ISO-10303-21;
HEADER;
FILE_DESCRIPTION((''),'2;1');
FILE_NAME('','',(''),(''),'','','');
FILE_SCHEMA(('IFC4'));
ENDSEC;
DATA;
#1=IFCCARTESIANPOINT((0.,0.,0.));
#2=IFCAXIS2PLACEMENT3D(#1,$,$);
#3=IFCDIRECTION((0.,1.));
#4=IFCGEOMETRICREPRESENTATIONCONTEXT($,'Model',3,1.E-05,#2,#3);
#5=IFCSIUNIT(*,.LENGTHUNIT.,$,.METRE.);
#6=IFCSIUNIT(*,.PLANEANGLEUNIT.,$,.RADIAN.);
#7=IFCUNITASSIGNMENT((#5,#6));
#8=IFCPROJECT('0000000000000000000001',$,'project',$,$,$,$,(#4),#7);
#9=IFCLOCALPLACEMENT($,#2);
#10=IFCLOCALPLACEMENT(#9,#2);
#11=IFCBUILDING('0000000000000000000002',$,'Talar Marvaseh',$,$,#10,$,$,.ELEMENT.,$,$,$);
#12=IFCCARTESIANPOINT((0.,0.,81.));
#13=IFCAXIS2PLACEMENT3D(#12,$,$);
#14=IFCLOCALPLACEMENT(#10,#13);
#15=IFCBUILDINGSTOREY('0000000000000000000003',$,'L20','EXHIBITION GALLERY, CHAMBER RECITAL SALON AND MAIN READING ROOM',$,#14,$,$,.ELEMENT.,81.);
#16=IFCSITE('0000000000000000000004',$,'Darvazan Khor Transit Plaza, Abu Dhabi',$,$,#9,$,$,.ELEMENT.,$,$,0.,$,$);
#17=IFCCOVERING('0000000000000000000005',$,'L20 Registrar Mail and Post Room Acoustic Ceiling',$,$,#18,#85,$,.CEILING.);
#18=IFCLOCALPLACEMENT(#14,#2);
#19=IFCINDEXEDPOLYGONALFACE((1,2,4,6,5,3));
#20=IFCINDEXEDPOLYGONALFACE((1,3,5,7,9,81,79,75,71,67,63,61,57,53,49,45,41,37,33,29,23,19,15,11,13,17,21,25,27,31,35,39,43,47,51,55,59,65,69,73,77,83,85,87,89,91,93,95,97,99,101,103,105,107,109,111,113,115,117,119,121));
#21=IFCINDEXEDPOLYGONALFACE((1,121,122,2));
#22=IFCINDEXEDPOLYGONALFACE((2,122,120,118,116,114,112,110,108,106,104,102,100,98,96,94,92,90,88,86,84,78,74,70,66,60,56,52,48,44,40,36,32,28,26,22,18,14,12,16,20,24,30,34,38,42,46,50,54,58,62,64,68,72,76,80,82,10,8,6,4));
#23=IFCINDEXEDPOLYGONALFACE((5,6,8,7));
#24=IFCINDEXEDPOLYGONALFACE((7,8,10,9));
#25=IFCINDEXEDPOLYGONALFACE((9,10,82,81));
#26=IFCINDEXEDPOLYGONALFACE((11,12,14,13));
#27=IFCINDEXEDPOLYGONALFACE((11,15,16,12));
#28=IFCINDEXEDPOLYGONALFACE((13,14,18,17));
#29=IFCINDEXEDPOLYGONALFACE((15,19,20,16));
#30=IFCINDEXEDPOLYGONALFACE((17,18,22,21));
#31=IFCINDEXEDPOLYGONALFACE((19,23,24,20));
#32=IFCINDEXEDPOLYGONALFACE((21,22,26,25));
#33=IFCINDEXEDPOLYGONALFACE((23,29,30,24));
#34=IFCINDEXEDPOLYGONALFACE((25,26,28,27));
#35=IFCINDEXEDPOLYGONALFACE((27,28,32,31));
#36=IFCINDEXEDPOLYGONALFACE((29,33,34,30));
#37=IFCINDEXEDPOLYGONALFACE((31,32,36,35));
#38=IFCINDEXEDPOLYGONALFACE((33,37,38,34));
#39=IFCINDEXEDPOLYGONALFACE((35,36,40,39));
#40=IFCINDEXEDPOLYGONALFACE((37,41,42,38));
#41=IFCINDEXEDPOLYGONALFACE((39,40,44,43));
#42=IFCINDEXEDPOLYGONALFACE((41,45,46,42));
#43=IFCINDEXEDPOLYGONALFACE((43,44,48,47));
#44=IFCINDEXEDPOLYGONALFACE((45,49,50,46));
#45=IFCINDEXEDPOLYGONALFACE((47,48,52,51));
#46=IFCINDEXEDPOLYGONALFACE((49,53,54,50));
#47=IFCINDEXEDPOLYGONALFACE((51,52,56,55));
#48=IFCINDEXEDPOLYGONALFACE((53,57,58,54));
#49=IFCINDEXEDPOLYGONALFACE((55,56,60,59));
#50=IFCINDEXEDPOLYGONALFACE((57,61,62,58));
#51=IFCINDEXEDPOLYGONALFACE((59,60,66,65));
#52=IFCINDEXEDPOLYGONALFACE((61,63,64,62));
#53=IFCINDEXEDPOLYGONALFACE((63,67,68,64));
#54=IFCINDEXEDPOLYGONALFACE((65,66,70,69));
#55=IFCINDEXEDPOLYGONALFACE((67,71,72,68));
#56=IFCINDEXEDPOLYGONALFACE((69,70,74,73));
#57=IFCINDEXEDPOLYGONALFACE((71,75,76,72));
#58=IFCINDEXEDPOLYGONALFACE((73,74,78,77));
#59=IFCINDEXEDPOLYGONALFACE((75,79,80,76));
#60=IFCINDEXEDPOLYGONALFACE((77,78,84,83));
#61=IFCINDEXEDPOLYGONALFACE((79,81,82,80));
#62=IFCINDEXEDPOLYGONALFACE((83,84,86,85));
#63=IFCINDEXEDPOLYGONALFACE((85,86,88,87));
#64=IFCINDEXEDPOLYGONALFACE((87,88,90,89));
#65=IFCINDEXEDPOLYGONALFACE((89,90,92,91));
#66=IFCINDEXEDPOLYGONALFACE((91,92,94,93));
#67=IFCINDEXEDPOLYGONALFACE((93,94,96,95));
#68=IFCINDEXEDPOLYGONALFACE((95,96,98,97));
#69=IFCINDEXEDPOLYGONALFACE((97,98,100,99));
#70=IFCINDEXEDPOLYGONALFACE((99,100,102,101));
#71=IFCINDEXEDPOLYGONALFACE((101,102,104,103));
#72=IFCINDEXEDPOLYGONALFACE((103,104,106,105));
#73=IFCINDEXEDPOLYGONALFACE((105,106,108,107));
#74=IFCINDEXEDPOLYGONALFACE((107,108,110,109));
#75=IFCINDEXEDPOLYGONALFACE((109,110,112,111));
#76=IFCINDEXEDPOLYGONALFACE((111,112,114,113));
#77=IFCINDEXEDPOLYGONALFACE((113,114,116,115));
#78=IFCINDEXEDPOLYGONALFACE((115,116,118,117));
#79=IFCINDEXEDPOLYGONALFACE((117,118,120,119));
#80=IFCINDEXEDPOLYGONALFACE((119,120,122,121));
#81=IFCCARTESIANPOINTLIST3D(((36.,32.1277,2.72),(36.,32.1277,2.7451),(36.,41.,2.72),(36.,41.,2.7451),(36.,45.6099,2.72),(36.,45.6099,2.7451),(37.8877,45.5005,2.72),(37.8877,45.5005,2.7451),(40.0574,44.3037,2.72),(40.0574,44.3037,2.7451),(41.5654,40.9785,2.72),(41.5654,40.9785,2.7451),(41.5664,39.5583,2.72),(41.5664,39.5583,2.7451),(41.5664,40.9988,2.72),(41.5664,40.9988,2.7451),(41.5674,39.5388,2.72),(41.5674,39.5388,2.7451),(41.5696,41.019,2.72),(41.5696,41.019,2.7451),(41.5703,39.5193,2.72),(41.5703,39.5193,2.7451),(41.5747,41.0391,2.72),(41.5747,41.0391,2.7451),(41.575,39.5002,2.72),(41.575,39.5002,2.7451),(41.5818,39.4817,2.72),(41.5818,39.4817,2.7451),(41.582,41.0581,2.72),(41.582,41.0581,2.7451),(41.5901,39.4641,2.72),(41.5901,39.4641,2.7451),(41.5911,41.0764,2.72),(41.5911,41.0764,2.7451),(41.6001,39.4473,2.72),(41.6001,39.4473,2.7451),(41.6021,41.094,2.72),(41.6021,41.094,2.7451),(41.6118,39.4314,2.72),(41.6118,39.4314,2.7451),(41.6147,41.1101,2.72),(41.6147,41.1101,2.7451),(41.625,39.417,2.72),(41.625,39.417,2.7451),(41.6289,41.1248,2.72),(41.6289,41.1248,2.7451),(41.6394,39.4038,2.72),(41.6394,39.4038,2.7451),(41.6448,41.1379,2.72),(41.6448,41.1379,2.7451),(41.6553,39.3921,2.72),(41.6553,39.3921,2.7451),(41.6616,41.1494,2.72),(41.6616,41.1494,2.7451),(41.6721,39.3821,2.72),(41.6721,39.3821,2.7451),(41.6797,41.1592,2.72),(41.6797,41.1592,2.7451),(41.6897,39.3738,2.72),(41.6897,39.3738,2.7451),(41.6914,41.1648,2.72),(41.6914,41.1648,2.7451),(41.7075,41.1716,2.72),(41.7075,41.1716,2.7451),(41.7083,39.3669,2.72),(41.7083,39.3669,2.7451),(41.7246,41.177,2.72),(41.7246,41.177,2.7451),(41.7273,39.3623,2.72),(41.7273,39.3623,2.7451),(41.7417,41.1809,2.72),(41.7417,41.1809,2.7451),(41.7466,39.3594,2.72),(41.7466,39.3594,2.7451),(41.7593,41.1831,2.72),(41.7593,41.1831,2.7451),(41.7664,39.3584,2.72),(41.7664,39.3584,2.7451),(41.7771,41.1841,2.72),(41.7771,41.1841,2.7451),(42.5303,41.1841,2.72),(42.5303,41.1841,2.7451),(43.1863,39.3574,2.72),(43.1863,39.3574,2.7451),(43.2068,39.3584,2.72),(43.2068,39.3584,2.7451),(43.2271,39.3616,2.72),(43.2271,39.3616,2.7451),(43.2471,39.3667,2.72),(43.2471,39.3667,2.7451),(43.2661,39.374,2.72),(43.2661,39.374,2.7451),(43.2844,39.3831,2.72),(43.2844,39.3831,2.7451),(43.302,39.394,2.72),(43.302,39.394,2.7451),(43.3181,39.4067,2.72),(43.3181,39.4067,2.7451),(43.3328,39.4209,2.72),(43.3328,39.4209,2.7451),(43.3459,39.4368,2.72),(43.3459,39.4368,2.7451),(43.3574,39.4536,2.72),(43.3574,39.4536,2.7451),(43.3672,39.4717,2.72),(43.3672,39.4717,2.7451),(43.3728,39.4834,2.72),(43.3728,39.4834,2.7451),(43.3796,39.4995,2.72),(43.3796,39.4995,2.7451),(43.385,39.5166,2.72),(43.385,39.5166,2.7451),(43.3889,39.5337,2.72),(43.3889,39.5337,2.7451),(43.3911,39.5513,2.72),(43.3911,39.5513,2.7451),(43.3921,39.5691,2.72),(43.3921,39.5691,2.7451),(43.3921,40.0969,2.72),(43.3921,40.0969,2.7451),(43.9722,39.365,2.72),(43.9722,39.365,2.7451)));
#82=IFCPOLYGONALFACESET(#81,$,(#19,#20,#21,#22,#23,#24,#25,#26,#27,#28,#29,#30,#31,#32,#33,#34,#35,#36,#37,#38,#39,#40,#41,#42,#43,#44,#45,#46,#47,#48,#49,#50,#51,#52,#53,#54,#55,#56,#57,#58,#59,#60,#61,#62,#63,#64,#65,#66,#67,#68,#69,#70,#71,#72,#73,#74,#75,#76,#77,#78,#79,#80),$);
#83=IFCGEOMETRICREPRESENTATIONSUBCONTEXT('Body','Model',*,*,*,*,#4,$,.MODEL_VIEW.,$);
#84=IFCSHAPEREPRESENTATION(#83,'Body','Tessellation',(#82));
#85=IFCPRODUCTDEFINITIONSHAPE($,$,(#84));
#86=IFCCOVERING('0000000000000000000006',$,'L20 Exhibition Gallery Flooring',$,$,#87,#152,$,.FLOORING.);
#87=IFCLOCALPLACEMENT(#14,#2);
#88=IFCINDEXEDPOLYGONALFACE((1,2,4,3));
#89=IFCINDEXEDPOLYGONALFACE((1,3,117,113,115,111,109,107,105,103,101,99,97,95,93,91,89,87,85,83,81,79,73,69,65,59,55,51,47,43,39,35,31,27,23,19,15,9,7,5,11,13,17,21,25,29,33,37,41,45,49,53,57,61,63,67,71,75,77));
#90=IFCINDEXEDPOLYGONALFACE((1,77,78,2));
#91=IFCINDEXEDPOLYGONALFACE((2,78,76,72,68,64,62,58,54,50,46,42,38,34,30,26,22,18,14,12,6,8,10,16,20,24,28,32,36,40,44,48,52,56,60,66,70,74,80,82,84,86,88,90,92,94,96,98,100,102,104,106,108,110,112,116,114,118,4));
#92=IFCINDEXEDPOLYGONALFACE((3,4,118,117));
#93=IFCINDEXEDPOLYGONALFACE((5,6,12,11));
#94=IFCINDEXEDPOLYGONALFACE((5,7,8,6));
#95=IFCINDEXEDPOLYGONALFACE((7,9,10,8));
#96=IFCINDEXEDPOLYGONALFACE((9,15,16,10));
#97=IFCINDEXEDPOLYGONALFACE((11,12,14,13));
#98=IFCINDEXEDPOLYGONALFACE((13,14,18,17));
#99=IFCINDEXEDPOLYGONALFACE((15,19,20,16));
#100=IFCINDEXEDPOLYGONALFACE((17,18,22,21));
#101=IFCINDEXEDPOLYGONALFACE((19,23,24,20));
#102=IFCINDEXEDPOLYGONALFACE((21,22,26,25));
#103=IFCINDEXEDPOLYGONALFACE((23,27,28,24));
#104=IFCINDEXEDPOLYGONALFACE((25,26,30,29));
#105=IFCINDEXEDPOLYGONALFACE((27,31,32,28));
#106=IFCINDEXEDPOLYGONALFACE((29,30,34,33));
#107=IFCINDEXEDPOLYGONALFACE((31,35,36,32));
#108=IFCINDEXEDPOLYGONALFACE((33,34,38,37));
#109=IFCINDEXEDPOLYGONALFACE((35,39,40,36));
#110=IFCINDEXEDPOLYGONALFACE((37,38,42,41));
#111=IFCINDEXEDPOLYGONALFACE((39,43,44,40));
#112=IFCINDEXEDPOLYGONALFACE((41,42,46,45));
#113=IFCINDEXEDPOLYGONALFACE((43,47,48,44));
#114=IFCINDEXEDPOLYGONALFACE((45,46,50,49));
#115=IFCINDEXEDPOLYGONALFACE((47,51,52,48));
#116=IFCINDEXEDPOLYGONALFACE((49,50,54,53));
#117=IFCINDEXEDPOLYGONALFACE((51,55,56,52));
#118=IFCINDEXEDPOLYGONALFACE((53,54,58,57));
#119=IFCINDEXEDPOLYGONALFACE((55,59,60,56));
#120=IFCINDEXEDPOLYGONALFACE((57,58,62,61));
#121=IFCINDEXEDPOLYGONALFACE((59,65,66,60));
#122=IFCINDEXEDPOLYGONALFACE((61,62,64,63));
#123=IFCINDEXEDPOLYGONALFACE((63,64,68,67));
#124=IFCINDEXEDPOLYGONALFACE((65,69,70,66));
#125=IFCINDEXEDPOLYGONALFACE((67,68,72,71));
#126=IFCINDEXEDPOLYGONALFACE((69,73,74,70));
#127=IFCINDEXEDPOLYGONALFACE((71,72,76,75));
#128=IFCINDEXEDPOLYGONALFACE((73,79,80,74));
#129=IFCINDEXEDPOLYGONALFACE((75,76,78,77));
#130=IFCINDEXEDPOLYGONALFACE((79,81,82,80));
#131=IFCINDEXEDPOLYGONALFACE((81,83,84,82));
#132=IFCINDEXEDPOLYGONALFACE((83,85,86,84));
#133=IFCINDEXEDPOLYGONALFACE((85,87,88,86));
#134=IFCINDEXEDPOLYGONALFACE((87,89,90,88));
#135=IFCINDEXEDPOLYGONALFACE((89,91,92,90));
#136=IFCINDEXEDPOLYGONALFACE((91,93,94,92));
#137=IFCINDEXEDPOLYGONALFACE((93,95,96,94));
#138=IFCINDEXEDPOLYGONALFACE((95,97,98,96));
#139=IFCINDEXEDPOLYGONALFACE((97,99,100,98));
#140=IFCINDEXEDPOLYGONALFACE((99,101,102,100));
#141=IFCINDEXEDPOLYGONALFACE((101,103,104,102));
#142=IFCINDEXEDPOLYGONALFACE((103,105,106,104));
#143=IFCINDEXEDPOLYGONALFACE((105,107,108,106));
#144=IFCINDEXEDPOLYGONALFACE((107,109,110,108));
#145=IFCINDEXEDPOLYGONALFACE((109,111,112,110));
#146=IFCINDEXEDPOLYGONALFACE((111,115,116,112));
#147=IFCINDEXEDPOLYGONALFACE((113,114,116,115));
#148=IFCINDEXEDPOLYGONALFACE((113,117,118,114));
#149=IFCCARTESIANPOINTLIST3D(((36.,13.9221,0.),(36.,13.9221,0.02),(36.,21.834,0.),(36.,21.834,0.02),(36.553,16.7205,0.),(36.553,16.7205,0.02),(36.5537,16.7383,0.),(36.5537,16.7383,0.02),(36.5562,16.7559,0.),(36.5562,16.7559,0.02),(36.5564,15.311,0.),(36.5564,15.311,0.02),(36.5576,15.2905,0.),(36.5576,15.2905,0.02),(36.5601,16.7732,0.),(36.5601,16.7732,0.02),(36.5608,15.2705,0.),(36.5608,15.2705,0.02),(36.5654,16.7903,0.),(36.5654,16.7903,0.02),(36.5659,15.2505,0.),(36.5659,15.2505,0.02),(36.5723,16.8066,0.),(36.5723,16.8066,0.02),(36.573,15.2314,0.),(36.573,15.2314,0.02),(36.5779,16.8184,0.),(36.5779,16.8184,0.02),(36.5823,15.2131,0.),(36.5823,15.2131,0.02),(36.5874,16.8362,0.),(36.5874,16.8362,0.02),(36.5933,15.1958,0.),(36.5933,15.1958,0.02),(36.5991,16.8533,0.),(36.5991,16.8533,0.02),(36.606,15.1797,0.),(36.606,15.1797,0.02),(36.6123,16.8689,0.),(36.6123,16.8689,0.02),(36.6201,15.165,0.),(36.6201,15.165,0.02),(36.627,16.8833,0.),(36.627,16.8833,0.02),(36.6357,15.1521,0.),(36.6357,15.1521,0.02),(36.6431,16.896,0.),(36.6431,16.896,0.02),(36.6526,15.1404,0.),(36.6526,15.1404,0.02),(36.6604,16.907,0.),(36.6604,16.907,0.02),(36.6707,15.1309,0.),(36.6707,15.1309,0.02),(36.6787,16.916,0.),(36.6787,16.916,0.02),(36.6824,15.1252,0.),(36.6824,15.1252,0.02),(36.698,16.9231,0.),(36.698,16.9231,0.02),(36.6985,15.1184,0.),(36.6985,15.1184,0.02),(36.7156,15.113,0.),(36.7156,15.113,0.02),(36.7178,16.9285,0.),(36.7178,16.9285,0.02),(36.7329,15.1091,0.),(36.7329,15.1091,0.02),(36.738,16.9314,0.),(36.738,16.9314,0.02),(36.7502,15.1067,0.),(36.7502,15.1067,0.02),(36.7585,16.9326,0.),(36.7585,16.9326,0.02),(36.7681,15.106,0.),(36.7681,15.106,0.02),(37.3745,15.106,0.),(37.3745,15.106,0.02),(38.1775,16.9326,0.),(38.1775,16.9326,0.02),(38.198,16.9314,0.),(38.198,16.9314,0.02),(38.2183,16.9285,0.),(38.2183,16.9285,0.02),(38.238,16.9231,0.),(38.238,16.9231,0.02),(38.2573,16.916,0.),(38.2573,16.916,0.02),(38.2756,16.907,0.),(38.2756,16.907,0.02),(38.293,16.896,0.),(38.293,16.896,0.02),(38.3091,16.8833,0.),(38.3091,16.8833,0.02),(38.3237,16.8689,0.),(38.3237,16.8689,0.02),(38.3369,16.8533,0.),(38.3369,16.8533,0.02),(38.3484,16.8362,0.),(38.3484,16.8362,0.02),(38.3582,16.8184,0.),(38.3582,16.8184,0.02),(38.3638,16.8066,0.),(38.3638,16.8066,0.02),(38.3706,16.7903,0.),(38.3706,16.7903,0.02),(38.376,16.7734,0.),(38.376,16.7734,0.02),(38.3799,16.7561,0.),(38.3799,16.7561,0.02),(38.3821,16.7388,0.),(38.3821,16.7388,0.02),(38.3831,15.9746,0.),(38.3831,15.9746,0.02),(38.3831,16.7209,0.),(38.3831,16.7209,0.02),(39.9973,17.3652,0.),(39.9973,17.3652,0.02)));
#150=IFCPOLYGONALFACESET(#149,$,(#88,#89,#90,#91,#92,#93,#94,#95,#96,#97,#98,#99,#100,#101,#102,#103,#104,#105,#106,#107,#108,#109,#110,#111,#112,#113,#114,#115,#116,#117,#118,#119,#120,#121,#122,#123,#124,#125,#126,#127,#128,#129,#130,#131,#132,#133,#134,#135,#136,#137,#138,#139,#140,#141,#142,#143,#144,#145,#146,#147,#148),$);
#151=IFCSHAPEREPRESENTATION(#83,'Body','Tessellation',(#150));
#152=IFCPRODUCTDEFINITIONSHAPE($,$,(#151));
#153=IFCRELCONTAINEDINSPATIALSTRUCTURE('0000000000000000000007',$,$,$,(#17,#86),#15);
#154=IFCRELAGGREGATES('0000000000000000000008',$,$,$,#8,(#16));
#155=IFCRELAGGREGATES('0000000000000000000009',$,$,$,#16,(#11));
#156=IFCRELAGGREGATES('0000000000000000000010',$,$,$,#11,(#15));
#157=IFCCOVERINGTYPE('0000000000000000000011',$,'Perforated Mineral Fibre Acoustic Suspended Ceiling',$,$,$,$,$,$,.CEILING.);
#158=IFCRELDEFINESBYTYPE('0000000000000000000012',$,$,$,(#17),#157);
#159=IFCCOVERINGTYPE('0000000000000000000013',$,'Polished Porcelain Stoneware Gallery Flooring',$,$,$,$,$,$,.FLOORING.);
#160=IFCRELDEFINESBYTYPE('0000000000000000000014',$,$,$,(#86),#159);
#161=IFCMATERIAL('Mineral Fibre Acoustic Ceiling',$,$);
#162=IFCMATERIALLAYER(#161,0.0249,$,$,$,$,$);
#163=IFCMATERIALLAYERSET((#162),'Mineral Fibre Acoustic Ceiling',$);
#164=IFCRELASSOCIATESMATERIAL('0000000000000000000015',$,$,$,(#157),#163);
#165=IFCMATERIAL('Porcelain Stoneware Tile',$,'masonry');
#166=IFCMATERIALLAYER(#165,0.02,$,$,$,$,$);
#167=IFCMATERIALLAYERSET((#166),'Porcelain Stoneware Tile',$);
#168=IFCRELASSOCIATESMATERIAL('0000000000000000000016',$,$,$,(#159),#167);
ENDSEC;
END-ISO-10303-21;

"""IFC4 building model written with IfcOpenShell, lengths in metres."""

from ifc_helpers import new_model, si_unit, direction, frame, origin, place, context, subcontext, project, spatial, polyline, outline, extrude, material, layer, layer_set, type_object, element, save


model = new_model("IFC4")

# Units and contexts
model_context = context("Model", 3, precision=1e-05, world=origin(), true_north=direction((0.0, 1.0)))
body_context = subcontext(model_context, "Body", "Model", "MODEL_VIEW")
ifc_project = project(units=[si_unit("LENGTHUNIT", "METRE"), si_unit("PLANEANGLEUNIT", "RADIAN")], contexts=[model_context])

# Site, building, storey
site_placement = place(None, origin())
site = spatial("IfcSite", under=ifc_project, at=site_placement, Name="Darvazan Khor Transit Plaza, Abu Dhabi", CompositionType="ELEMENT", RefElevation=0.0)
building_placement = place(site_placement, origin())
building = spatial("IfcBuilding", under=site, at=building_placement, Name="Talar Marvaseh", CompositionType="ELEMENT")
storey_placement = place(building_placement, frame((0.0, 0.0, 81.0)))
storey = spatial("IfcBuildingStorey", under=building, at=storey_placement, Name="L20", Description="EXHIBITION GALLERY, CHAMBER RECITAL SALON AND MAIN READING ROOM", CompositionType="ELEMENT", Elevation=81.0)

# Coverings
ifc_material_1 = material(Name="Mineral Fibre Acoustic Ceiling")
ifc_layer_1 = layer(ifc_material_1, 0.0249)
ifc_layer_set_1 = layer_set([ifc_layer_1], Name="Mineral Fibre Acoustic Ceiling")
covering_type_1 = type_object("IfcCoveringType", Name="Perforated Mineral Fibre Acoustic Suspended Ceiling", PredefinedType="CEILING", material=ifc_layer_set_1)
covering_1_placement = place(storey_placement, frame((0.0, 0.0, 2.72)))
element("IfcCovering", 1, at=covering_1_placement, inside=storey, type_object=covering_type_1, Name="L20 Registrar Mail and Post Room Acoustic Ceiling", PredefinedType="CEILING", context=body_context, shape_type="SweptSolid", body=[
    extrude(outline(polyline([(40.0574, 44.3037), (42.5303, 41.1841), (41.7771, 41.1841), (41.7593, 41.1831), (41.7417, 41.1809), (41.7246, 41.177), (41.7075, 41.1716), (41.6914, 41.1648), (41.6797, 41.1592), (41.6616, 41.1494), (41.6448, 41.1379), (41.6289, 41.1248), (41.6147, 41.1101), (41.6021, 41.094), (41.5911, 41.0764), (41.582, 41.0581), (41.5747, 41.0391), (41.5696, 41.019), (41.5664, 40.9988), (41.5654, 40.9785), (41.5664, 39.5583), (41.5674, 39.5388), (41.5703, 39.5193), (41.575, 39.5002), (41.5818, 39.4817), (41.5901, 39.4641), (41.6001, 39.4473), (41.6118, 39.4314), (41.625, 39.417), (41.6394, 39.4038), (41.6553, 39.3921), (41.6721, 39.3821), (41.6897, 39.3738), (41.7083, 39.3669), (41.7273, 39.3623), (41.7466, 39.3594), (41.7664, 39.3584), (43.1863, 39.3574), (43.2068, 39.3584), (43.2271, 39.3616), (43.2471, 39.3667), (43.2661, 39.374), (43.2844, 39.3831), (43.302, 39.394), (43.3181, 39.4067), (43.3328, 39.4209), (43.3459, 39.4368), (43.3574, 39.4536), (43.3672, 39.4717), (43.3728, 39.4834), (43.3796, 39.4995), (43.385, 39.5166), (43.3889, 39.5337), (43.3911, 39.5513), (43.3921, 39.5691), (43.3921, 40.0969), (43.9722, 39.365), (36.0, 32.1277), (36.0, 41.0), (36.0, 45.6099), (37.8877, 45.5005), (40.0574, 44.3037)])), origin(), (0.0, 0.0, 1.0), 0.0251),
])
ifc_material_2 = material(Name="Porcelain Stoneware Tile", Category="masonry")
ifc_layer_2 = layer(ifc_material_2, 0.02)
ifc_layer_set_2 = layer_set([ifc_layer_2], Name="Porcelain Stoneware Tile")
covering_type_2 = type_object("IfcCoveringType", Name="Polished Porcelain Stoneware Gallery Flooring", PredefinedType="FLOORING", material=ifc_layer_set_2)
covering_2_placement = place(storey_placement, origin())
element("IfcCovering", 2, at=covering_2_placement, inside=storey, type_object=covering_type_2, Name="L20 Exhibition Gallery Flooring", PredefinedType="FLOORING", context=body_context, shape_type="SweptSolid", body=[
    extrude(outline(polyline([(38.3831, 15.9746), (38.3831, 16.7209), (38.3821, 16.7388), (38.3799, 16.7561), (38.376, 16.7734), (38.3706, 16.7903), (38.3638, 16.8066), (38.3582, 16.8184), (38.3484, 16.8362), (38.3369, 16.8533), (38.3237, 16.8689), (38.3091, 16.8833), (38.293, 16.896), (38.2756, 16.907), (38.2573, 16.916), (38.238, 16.9231), (38.2183, 16.9285), (38.198, 16.9314), (38.1775, 16.9326), (36.7585, 16.9326), (36.738, 16.9314), (36.7178, 16.9285), (36.698, 16.9231), (36.6787, 16.916), (36.6604, 16.907), (36.6431, 16.896), (36.627, 16.8833), (36.6123, 16.8689), (36.5991, 16.8533), (36.5874, 16.8362), (36.5779, 16.8184), (36.5723, 16.8066), (36.5654, 16.7903), (36.5601, 16.7732), (36.5562, 16.7559), (36.5537, 16.7383), (36.553, 16.7205), (36.5564, 15.311), (36.5576, 15.2905), (36.5608, 15.2705), (36.5659, 15.2505), (36.573, 15.2314), (36.5823, 15.2131), (36.5933, 15.1958), (36.606, 15.1797), (36.6201, 15.165), (36.6357, 15.1521), (36.6526, 15.1404), (36.6707, 15.1309), (36.6824, 15.1252), (36.6985, 15.1184), (36.7156, 15.113), (36.7329, 15.1091), (36.7502, 15.1067), (36.7681, 15.106), (37.3745, 15.106), (36.0, 13.9221), (36.0, 21.834), (39.9973, 17.3652), (38.3831, 15.9746)])), origin(), (0.0, 0.0, 1.0), 0.02),
])

save(model, "model.ifc")
